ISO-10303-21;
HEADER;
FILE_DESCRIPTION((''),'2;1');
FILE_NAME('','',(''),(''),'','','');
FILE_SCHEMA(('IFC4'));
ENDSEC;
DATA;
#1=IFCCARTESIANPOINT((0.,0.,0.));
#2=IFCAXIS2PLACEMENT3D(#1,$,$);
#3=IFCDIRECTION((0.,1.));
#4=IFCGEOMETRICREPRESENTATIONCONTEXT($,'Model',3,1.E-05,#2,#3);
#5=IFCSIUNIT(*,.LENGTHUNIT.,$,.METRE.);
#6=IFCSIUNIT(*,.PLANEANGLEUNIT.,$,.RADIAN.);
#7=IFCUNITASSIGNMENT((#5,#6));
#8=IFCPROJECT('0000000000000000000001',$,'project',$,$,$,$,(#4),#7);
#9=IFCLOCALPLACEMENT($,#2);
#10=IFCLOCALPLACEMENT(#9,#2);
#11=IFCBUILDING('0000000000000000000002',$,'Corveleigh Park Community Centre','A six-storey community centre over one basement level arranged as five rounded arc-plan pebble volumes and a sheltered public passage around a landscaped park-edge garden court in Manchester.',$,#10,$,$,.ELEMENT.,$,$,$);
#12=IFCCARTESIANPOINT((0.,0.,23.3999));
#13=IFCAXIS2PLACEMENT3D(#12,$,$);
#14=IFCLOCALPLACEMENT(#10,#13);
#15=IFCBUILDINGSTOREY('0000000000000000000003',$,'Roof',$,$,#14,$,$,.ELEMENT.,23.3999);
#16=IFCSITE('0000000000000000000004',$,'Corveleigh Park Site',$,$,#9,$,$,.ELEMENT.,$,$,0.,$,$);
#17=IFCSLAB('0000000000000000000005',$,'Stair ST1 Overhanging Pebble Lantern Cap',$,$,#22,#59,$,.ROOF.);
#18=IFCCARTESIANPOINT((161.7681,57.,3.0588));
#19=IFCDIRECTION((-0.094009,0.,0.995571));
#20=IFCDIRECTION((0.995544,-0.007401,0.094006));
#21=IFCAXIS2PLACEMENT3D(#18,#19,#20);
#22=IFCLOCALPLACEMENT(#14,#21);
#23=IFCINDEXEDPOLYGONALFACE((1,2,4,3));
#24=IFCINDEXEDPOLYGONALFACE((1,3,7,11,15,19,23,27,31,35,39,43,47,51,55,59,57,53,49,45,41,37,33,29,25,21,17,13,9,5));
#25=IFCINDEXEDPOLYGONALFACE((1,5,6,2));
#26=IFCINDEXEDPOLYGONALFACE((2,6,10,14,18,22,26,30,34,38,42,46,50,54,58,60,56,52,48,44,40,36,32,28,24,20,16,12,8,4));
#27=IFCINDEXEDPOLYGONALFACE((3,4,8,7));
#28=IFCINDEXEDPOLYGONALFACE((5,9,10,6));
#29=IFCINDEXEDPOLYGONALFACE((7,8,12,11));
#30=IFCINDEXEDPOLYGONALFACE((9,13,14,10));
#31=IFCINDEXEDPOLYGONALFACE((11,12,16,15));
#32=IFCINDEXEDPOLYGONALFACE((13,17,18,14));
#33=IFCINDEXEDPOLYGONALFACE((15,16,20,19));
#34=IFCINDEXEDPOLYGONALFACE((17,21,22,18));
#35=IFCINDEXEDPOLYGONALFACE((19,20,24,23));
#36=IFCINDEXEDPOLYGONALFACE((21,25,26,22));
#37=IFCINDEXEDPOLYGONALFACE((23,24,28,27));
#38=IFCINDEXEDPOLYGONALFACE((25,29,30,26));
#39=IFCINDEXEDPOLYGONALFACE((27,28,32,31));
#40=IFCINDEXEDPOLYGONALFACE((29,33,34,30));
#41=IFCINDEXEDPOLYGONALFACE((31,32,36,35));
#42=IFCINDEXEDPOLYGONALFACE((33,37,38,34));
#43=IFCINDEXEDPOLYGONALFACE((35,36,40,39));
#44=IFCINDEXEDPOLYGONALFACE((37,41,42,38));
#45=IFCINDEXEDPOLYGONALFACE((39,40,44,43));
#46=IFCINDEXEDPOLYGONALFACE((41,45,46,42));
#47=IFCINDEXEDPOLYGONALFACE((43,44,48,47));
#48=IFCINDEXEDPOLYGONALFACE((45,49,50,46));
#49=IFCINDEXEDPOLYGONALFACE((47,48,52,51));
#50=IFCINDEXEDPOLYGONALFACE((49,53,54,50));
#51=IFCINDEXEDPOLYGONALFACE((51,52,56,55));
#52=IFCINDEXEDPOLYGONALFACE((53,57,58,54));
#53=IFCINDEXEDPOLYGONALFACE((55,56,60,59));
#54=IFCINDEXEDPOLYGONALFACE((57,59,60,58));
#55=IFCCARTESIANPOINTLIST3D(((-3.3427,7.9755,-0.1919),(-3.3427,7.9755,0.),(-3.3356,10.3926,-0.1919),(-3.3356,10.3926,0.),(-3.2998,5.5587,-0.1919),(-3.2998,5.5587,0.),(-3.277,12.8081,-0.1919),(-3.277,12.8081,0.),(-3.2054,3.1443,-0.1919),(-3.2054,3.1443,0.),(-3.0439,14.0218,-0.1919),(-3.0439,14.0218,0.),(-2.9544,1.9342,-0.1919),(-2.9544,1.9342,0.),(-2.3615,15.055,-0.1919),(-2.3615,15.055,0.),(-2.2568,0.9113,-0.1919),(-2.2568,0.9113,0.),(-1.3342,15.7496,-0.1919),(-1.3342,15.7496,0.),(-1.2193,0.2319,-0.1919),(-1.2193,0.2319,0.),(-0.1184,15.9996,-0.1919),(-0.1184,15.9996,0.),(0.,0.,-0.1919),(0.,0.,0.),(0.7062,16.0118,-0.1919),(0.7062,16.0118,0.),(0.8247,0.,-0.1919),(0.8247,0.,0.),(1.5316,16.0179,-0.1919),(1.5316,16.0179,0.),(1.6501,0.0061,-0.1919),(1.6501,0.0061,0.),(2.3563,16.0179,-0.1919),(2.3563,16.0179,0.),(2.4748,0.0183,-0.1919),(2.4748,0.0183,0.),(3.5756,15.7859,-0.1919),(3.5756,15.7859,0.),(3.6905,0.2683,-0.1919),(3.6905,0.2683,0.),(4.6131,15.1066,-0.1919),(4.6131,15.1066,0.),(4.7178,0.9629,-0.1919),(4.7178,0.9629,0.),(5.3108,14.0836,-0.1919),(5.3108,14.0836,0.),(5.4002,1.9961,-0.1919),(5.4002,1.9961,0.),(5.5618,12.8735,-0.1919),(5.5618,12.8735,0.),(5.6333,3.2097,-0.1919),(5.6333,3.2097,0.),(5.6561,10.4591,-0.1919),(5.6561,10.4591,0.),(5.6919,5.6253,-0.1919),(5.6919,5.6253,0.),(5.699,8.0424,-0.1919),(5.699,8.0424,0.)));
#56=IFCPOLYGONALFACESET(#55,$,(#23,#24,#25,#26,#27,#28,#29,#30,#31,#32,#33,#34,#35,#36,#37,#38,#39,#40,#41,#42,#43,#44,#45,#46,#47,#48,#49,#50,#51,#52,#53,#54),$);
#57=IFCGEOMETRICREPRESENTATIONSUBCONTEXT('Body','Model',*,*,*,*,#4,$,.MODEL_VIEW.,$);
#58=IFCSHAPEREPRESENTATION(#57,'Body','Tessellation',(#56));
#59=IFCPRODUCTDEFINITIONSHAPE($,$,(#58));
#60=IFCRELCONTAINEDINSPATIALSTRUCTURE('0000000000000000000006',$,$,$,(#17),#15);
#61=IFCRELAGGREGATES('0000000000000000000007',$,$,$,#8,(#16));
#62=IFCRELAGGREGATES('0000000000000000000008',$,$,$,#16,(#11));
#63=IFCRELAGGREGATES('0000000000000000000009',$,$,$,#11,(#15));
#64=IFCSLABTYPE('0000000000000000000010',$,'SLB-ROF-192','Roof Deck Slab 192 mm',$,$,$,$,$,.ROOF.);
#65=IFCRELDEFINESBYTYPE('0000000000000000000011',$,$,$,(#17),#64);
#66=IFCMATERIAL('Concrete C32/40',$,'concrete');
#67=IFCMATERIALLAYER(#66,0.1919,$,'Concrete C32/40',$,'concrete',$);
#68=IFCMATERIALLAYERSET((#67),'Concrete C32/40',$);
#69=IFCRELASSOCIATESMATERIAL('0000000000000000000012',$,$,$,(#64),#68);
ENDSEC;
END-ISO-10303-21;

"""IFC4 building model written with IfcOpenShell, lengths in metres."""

from ifc_helpers import new_model, si_unit, direction, frame, origin, place, context, subcontext, project, spatial, polyline, outline, extrude, material, layer, layer_set, type_object, element, save


model = new_model("IFC4")

# Units and contexts
model_context = context("Model", 3, precision=1e-05, world=origin(), true_north=direction((0.0, 1.0)))
body_context = subcontext(model_context, "Body", "Model", "MODEL_VIEW")
ifc_project = project(units=[si_unit("LENGTHUNIT", "METRE"), si_unit("PLANEANGLEUNIT", "RADIAN")], contexts=[model_context])

# Site, building, storey
site_placement = place(None, origin())
site = spatial("IfcSite", under=ifc_project, at=site_placement, Name="Corveleigh Park Site", CompositionType="ELEMENT", RefElevation=0.0)
building_placement = place(site_placement, origin())
building = spatial("IfcBuilding", under=site, at=building_placement, Name="Corveleigh Park Community Centre", Description="A six-storey community centre over one basement level arranged as five rounded arc-plan pebble volumes and a sheltered public passage around a landscaped park-edge garden court in Manchester.", CompositionType="ELEMENT")
storey_placement = place(building_placement, frame((0.0, 0.0, 23.3999)))
storey = spatial("IfcBuildingStorey", under=building, at=storey_placement, Name="Roof", CompositionType="ELEMENT", Elevation=23.3999)

# Slab
ifc_material_1 = material(Name="Concrete C32/40", Category="concrete")
ifc_layer_1 = layer(ifc_material_1, 0.1919, Name="Concrete C32/40", Category="concrete")
ifc_layer_set_1 = layer_set([ifc_layer_1], Name="Concrete C32/40")
slab_type_1 = type_object("IfcSlabType", Name="SLB-ROF-192", Description="Roof Deck Slab 192 mm", PredefinedType="ROOF", material=ifc_layer_set_1)
slab_1_placement = place(storey_placement, frame((161.7681, 57.0, 3.0588), z_axis=(-0.094009, 0.0, 0.995571), x_axis=(0.995544, -0.007401, 0.094006)))
element("IfcSlab", 1, at=slab_1_placement, inside=storey, type_object=slab_type_1, Name="Stair ST1 Overhanging Pebble Lantern Cap", PredefinedType="ROOF", context=body_context, shape_type="SweptSolid", body=[
    extrude(outline(polyline([(0.0, 0.0), (0.8247, 0.0), (1.6501, 0.0061), (2.4748, 0.0183), (3.6905, 0.2683), (4.7178, 0.9629), (5.4002, 1.9961), (5.6333, 3.2097), (5.6919, 5.6253), (5.699, 8.0424), (5.6561, 10.4591), (5.5618, 12.8735), (5.3108, 14.0836), (4.6131, 15.1066), (3.5756, 15.7859), (2.3563, 16.0179), (1.5316, 16.0179), (0.7062, 16.0118), (-0.1184, 15.9996), (-1.3342, 15.7496), (-2.3615, 15.055), (-3.0439, 14.0218), (-3.277, 12.8081), (-3.3356, 10.3926), (-3.3427, 7.9755), (-3.2998, 5.5587), (-3.2054, 3.1443), (-2.9544, 1.9342), (-2.2568, 0.9113), (-1.2193, 0.2319), (0.0, 0.0)])), origin(), (0.0, 0.0, -1.0), 0.1919),
])

save(model, "model.ifc")
